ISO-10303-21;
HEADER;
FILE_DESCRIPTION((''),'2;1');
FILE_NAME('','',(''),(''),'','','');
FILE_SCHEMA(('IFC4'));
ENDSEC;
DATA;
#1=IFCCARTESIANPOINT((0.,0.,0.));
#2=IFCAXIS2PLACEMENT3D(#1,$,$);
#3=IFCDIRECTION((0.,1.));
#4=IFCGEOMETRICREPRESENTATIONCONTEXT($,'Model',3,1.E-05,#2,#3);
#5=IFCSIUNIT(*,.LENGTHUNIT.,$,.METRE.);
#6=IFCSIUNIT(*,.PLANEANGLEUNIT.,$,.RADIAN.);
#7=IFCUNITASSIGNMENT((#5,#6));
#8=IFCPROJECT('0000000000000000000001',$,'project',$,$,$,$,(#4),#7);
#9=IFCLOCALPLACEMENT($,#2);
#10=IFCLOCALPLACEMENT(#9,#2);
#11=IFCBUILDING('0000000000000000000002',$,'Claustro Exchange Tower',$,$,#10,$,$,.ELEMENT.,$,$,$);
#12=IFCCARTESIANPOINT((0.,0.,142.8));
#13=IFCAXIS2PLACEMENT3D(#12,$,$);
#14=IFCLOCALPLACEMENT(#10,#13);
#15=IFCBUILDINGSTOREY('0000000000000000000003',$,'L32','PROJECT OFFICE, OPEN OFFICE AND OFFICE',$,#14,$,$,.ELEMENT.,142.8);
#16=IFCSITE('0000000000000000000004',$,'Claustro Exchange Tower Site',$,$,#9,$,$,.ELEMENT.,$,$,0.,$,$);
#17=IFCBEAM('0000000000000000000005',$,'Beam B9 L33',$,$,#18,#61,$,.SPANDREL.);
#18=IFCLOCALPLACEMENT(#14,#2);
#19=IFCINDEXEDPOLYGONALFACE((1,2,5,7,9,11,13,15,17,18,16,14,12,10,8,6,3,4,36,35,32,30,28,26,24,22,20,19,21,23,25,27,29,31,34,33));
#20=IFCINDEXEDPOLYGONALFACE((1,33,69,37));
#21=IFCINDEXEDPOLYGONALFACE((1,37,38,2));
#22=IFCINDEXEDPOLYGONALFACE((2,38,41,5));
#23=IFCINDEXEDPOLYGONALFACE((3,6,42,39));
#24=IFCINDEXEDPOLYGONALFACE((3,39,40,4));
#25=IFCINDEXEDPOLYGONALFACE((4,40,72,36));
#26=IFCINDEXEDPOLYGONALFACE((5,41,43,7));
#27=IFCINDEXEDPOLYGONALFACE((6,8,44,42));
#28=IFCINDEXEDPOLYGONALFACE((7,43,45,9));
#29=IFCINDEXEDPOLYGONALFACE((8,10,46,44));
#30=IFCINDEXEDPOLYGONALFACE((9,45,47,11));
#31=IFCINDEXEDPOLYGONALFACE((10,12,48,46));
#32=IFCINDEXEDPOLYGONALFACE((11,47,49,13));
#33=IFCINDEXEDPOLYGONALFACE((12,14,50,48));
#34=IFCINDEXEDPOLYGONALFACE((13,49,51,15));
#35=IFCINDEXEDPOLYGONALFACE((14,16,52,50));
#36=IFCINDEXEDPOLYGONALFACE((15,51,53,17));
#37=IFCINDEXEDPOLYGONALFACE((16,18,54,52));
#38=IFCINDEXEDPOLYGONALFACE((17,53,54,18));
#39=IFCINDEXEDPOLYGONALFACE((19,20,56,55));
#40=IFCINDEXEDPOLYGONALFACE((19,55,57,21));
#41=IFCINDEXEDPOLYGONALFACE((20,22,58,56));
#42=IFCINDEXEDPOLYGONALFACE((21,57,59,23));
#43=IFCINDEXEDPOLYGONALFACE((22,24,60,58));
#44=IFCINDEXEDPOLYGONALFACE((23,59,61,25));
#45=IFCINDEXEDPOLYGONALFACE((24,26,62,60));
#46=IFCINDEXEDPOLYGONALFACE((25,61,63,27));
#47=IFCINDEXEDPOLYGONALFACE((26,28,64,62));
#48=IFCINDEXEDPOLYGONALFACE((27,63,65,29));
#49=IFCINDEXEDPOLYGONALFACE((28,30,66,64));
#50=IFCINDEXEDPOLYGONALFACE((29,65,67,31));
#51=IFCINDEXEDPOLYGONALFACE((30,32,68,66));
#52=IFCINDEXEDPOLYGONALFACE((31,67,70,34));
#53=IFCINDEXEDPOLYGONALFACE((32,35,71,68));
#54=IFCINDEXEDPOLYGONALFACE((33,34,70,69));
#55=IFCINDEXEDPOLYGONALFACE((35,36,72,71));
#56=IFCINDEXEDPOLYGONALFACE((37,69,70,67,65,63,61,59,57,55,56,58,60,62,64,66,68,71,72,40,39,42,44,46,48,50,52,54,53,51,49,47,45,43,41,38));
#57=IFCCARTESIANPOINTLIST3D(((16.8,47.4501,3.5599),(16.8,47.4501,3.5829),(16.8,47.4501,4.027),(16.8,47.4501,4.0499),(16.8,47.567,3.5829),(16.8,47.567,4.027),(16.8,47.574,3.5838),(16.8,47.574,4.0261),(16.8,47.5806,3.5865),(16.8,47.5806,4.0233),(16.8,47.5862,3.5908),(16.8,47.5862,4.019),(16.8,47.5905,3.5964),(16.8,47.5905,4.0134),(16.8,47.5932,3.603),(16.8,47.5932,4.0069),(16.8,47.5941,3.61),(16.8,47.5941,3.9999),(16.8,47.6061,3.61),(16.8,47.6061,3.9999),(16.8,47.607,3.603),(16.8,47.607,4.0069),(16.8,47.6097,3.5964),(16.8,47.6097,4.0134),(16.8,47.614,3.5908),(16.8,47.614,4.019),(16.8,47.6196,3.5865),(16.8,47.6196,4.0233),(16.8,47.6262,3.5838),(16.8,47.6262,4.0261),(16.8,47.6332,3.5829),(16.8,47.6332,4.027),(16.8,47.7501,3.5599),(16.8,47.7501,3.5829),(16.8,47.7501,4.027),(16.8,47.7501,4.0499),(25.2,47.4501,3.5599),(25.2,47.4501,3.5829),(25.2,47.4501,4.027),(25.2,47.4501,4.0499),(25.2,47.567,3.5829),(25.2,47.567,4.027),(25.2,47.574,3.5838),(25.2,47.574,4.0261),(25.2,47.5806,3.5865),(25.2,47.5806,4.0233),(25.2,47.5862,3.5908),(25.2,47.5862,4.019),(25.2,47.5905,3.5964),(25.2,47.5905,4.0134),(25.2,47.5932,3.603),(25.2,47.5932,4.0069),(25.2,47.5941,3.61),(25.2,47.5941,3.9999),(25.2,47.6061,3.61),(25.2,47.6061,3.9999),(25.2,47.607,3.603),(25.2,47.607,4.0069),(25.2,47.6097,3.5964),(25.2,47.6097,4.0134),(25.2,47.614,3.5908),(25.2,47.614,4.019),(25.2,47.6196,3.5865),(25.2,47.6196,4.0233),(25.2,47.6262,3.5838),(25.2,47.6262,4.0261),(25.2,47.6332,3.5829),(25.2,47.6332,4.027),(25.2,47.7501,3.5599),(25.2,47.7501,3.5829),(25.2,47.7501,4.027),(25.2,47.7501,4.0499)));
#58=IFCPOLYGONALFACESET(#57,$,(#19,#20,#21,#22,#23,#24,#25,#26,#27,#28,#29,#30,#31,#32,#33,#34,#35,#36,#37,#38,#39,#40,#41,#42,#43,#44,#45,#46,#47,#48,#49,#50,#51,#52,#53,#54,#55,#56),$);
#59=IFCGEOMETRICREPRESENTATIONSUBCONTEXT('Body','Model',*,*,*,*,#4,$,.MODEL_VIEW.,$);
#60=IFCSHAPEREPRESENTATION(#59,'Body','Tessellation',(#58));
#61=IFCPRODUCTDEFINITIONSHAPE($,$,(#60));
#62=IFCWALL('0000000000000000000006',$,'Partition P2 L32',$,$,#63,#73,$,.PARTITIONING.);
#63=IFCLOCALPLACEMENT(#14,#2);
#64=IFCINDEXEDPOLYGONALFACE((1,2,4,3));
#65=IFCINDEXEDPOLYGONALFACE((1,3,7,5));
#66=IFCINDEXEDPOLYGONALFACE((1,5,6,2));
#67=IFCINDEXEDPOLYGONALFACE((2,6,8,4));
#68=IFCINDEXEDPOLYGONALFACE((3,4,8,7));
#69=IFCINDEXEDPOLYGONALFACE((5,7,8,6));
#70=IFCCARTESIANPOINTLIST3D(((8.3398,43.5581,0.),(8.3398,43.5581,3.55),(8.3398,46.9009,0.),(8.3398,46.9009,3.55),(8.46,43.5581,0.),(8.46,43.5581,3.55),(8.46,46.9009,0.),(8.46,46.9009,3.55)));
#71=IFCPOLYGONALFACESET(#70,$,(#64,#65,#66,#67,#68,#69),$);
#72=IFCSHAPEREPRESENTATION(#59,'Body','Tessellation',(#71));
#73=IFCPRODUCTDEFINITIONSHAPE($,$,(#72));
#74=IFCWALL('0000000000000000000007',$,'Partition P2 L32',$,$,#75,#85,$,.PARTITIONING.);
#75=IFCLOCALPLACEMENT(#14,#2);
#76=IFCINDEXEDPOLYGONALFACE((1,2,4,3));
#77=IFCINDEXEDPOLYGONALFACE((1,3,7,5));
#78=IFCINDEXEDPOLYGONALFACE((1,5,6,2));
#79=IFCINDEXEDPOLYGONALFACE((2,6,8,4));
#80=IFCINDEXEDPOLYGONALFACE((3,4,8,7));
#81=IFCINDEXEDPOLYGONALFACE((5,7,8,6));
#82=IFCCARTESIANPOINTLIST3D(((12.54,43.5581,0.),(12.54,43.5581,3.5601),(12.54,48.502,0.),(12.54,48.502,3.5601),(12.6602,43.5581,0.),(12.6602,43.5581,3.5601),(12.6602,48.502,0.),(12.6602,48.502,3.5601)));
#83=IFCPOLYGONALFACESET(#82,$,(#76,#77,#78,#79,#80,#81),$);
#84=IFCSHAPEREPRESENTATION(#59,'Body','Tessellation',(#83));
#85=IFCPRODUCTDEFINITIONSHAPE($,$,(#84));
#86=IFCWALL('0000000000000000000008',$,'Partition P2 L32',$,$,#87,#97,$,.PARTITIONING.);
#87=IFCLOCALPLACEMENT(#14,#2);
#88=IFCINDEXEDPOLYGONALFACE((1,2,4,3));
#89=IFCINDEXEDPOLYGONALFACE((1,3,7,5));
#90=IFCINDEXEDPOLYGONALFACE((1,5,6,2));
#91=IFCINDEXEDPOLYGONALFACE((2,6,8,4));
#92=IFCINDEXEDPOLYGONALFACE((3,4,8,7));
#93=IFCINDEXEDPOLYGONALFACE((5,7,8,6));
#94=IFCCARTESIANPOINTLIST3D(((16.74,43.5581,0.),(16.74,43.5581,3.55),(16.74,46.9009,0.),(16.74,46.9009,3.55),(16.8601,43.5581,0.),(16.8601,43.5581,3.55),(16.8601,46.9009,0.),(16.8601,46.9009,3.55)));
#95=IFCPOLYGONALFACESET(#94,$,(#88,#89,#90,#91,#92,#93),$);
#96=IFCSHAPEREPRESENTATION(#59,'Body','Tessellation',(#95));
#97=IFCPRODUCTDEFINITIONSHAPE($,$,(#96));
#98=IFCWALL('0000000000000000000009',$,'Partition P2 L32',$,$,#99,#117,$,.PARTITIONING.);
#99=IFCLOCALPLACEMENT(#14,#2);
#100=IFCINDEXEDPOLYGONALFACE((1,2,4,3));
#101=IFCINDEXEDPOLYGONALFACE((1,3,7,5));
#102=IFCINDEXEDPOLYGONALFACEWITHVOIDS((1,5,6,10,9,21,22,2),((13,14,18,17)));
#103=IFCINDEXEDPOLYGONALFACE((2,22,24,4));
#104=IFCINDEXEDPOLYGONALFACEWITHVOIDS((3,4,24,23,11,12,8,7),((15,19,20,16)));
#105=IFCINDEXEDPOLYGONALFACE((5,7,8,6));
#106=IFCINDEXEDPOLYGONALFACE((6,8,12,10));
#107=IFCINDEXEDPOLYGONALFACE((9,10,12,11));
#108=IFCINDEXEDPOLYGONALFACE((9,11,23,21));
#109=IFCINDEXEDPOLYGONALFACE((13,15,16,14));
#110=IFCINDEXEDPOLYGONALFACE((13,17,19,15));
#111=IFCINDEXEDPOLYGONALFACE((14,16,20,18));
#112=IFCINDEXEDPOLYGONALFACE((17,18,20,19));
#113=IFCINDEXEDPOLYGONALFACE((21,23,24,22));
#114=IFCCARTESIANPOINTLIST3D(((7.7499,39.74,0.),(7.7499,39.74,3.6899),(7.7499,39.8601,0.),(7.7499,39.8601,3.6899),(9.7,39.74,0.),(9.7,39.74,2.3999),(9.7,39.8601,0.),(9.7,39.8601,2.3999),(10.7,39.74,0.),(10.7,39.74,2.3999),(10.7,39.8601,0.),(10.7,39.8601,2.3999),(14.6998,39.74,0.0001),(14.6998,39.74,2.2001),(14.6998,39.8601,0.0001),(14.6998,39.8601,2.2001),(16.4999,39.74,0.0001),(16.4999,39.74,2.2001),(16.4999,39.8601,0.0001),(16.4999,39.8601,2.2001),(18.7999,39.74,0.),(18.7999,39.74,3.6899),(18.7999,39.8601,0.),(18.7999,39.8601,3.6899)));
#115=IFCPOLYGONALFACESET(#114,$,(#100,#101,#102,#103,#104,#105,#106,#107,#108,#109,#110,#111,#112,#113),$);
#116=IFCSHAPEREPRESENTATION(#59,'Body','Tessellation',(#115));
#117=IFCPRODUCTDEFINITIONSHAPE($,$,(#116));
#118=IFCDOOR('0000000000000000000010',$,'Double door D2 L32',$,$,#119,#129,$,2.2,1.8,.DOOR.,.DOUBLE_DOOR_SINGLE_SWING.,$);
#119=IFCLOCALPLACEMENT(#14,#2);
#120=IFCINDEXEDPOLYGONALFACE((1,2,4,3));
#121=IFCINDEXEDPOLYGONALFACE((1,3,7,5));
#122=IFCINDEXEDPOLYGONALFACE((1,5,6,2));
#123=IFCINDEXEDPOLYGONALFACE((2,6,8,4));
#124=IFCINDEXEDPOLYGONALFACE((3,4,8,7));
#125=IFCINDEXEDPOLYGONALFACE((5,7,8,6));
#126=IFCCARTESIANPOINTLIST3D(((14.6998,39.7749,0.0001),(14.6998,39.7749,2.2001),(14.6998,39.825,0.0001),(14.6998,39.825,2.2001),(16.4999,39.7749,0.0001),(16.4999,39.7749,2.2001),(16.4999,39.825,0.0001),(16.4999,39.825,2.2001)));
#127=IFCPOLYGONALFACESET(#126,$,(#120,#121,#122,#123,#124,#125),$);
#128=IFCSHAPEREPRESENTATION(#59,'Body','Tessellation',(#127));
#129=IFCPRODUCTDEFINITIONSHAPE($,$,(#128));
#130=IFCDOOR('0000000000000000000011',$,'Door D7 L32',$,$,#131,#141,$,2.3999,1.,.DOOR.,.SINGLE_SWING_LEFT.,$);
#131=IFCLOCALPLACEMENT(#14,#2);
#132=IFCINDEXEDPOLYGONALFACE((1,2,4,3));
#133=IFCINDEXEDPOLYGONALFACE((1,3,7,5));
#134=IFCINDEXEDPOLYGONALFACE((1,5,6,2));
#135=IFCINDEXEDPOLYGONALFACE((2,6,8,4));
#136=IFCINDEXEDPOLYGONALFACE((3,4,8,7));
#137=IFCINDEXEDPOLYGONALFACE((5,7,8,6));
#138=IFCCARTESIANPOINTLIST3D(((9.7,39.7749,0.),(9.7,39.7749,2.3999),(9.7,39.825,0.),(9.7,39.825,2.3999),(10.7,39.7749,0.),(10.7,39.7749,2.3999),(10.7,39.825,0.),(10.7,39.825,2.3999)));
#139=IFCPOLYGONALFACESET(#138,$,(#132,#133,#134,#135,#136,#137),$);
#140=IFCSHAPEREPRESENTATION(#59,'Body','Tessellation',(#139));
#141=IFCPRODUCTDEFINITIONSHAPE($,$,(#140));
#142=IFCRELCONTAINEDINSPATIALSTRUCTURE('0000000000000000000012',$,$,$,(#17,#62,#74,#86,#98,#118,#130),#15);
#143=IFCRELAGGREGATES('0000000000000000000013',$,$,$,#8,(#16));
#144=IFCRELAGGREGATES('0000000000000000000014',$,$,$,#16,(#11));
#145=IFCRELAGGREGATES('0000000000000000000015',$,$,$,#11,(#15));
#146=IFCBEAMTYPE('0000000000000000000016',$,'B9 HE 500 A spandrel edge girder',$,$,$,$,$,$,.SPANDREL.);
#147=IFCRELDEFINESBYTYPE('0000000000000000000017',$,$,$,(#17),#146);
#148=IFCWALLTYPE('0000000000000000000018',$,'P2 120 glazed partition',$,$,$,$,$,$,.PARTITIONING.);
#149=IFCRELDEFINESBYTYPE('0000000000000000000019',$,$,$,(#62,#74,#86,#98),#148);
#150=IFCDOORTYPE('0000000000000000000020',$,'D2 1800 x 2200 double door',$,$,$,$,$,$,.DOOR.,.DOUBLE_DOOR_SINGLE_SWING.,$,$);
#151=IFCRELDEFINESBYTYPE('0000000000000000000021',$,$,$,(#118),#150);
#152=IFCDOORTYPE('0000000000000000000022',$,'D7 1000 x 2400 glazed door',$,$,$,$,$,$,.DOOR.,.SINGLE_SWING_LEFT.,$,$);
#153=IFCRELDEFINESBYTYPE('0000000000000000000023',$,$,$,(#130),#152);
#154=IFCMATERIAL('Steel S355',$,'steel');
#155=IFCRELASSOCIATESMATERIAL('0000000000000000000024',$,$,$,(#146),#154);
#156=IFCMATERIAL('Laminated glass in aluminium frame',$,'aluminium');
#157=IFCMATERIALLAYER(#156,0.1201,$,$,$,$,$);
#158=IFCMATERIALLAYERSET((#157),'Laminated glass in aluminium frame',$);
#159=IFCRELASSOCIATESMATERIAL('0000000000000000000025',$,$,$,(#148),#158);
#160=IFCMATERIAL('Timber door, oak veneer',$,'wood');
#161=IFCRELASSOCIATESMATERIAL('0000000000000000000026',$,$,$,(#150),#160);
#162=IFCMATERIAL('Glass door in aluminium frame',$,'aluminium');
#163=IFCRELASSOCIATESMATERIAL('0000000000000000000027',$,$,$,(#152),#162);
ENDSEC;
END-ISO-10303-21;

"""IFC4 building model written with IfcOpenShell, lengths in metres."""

from ifc_helpers import new_model, si_unit, direction, frame, frame_2d, origin, origin_2d, place, context, subcontext, project, spatial, rectangle, i_section, extrude, material, layer, layer_set, material_profile, profile_set, type_object, element, fill, save


model = new_model("IFC4")

# Units and contexts
model_context = context("Model", 3, precision=1e-05, world=origin(), true_north=direction((0.0, 1.0)))
body_context = subcontext(model_context, "Body", "Model", "MODEL_VIEW")
ifc_project = project(units=[si_unit("LENGTHUNIT", "METRE"), si_unit("PLANEANGLEUNIT", "RADIAN")], contexts=[model_context])

# Site, building, storey
site_placement = place(None, origin())
site = spatial("IfcSite", under=ifc_project, at=site_placement, Name="Claustro Exchange Tower Site", CompositionType="ELEMENT", RefElevation=0.0)
building_placement = place(site_placement, origin())
building = spatial("IfcBuilding", under=site, at=building_placement, Name="Claustro Exchange Tower", CompositionType="ELEMENT")
storey_placement = place(building_placement, frame((0.0, 0.0, 142.8)))
storey = spatial("IfcBuildingStorey", under=building, at=storey_placement, Name="L32", Description="PROJECT OFFICE, OPEN OFFICE AND OFFICE", CompositionType="ELEMENT", Elevation=142.8)

# Beam
ifc_material_1 = material(Name="Steel S355", Category="steel")
ifc_material_profile_1 = material_profile(ifc_material_1, i_section(OverallWidth=0.3, OverallDepth=0.49, WebThickness=0.012, FlangeThickness=0.0229, FilletRadius=0.0271, at=origin_2d()), Name="HE 500 A")
ifc_profile_set_1 = profile_set([ifc_material_profile_1], Name="Steel S355")
beam_type_1 = type_object("IfcBeamType", Name="B9 HE 500 A spandrel edge girder", PredefinedType="SPANDREL", material=ifc_profile_set_1)
beam_1_placement = place(storey_placement, frame((16.8, 47.6001, 3.8049), z_axis=(1.0, 0.0, 0.0), x_axis=(0.0, 1.0, 0.0)))
element("IfcBeam", 1, at=beam_1_placement, inside=storey, type_object=beam_type_1, Name="Beam B9 L33", PredefinedType="SPANDREL", context=body_context, shape_type="SweptSolid", body=[
    extrude(i_section(OverallWidth=0.3, OverallDepth=0.49, WebThickness=0.012, FlangeThickness=0.0229, FilletRadius=0.0271, at=origin_2d()), origin(), (0.0, 0.0, 1.0), 8.3999),
])

# Walls
ifc_material_2 = material(Name="Laminated glass in aluminium frame", Category="aluminium")
ifc_layer_1 = layer(ifc_material_2, 0.1201)
ifc_layer_set_1 = layer_set([ifc_layer_1], Name="Laminated glass in aluminium frame")
wall_type_1 = type_object("IfcWallType", Name="P2 120 glazed partition", PredefinedType="PARTITIONING", material=ifc_layer_set_1)
wall_1_placement = place(storey_placement, frame((8.3999, 43.5581, 0.0), z_axis=(0.0, 0.0, 1.0), x_axis=(0.0, 1.0, 0.0)))
element("IfcWall", 2, at=wall_1_placement, inside=storey, type_object=wall_type_1, Name="Partition P2 L32", PredefinedType="PARTITIONING", context=body_context, shape_type="SweptSolid", body=[
    extrude(rectangle(XDim=3.3428, YDim=0.1201, at=frame_2d((1.6714, 0.0))), origin(), (0.0, 0.0, 1.0), 3.55),
])
wall_2_placement = place(storey_placement, frame((12.6001, 43.5581, 0.0), z_axis=(0.0, 0.0, 1.0), x_axis=(0.0, 1.0, 0.0)))
element("IfcWall", 3, at=wall_2_placement, inside=storey, type_object=wall_type_1, Name="Partition P2 L32", PredefinedType="PARTITIONING", context=body_context, shape_type="SweptSolid", body=[
    extrude(rectangle(XDim=4.9438, YDim=0.1201, at=frame_2d((2.4719, 0.0))), origin(), (0.0, 0.0, 1.0), 3.5601),
])
wall_3_placement = place(storey_placement, frame((16.8, 43.5581, 0.0), z_axis=(0.0, 0.0, 1.0), x_axis=(0.0, 1.0, 0.0)))
element("IfcWall", 4, at=wall_3_placement, inside=storey, type_object=wall_type_1, Name="Partition P2 L32", PredefinedType="PARTITIONING", context=body_context, shape_type="SweptSolid", body=[
    extrude(rectangle(XDim=3.3428, YDim=0.1201, at=frame_2d((1.6714, 0.0))), origin(), (0.0, 0.0, 1.0), 3.55),
])

# Wall, openings, doors
wall_4_placement = place(storey_placement, frame((7.75, 39.8, 0.0), z_axis=(0.0, 0.0, 1.0), x_axis=(1.0, 0.0, 0.0)))
wall_4 = element("IfcWall", 5, at=wall_4_placement, inside=storey, type_object=wall_type_1, Name="Partition P2 L32", PredefinedType="PARTITIONING", context=body_context, shape_type="SweptSolid", body=[
    extrude(rectangle(XDim=11.05, YDim=0.1201, at=frame_2d((5.5249, 0.0))), origin(), (0.0, 0.0, 1.0), 3.6899),
])
opening_1_placement = place(wall_4_placement, frame((1.95, 0.0, 0.0)))
opening_1 = element("IfcOpeningElement", 6, at=opening_1_placement, cuts=wall_4, PredefinedType="OPENING", context=body_context, shape_type="SweptSolid", body=[
    extrude(rectangle(XDim=1.0, YDim=2.3999, at=frame_2d((0.5, 1.2))), frame((0.0, 0.0701, 0.0), z_axis=(0.0, -1.0, 0.0), x_axis=(1.0, 0.0, 0.0)), (0.0, 0.0, 1.0), 0.1401),
])
opening_2_placement = place(wall_4_placement, frame((6.95, 0.0, 0.0)))
opening_2 = element("IfcOpeningElement", 7, at=opening_2_placement, cuts=wall_4, PredefinedType="OPENING", context=body_context, shape_type="SweptSolid", body=[
    extrude(rectangle(XDim=1.8, YDim=2.2, at=frame_2d((0.8999, 1.1001))), frame((0.0, 0.0701, 0.0), z_axis=(0.0, -1.0, 0.0), x_axis=(1.0, 0.0, 0.0)), (0.0, 0.0, 1.0), 0.1401),
])
ifc_material_3 = material(Name="Timber door, oak veneer", Category="wood")
door_type_1 = type_object("IfcDoorType", Name="D2 1800 x 2200 double door", OperationType="DOUBLE_DOOR_SINGLE_SWING", PredefinedType="DOOR", material=ifc_material_3)
door_1_placement = place(opening_2_placement, origin())
door_1 = element("IfcDoor", 8, at=door_1_placement, inside=storey, type_object=door_type_1, Name="Double door D2 L32", OperationType="DOUBLE_DOOR_SINGLE_SWING", OverallHeight=2.2, OverallWidth=1.8, PredefinedType="DOOR", context=body_context, shape_type="SweptSolid", body=[
    extrude(rectangle(XDim=1.8, YDim=2.2, at=frame_2d((0.8999, 1.1001))), frame((0.0, 0.0249, 0.0), z_axis=(0.0, -1.0, 0.0), x_axis=(1.0, 0.0, 0.0)), (0.0, 0.0, 1.0), 0.05),
])
fill(opening_2, door_1)
ifc_material_4 = material(Name="Glass door in aluminium frame", Category="aluminium")
door_type_2 = type_object("IfcDoorType", Name="D7 1000 x 2400 glazed door", OperationType="SINGLE_SWING_LEFT", PredefinedType="DOOR", material=ifc_material_4)
door_2_placement = place(opening_1_placement, origin())
door_2 = element("IfcDoor", 9, at=door_2_placement, inside=storey, type_object=door_type_2, Name="Door D7 L32", OperationType="SINGLE_SWING_LEFT", OverallHeight=2.3999, OverallWidth=1.0, PredefinedType="DOOR", context=body_context, shape_type="SweptSolid", body=[
    extrude(rectangle(XDim=1.0, YDim=2.3999, at=frame_2d((0.5, 1.2))), frame((0.0, 0.0249, 0.0), z_axis=(0.0, -1.0, 0.0), x_axis=(1.0, 0.0, 0.0)), (0.0, 0.0, 1.0), 0.05),
])
fill(opening_1, door_2)

save(model, "model.ifc")
